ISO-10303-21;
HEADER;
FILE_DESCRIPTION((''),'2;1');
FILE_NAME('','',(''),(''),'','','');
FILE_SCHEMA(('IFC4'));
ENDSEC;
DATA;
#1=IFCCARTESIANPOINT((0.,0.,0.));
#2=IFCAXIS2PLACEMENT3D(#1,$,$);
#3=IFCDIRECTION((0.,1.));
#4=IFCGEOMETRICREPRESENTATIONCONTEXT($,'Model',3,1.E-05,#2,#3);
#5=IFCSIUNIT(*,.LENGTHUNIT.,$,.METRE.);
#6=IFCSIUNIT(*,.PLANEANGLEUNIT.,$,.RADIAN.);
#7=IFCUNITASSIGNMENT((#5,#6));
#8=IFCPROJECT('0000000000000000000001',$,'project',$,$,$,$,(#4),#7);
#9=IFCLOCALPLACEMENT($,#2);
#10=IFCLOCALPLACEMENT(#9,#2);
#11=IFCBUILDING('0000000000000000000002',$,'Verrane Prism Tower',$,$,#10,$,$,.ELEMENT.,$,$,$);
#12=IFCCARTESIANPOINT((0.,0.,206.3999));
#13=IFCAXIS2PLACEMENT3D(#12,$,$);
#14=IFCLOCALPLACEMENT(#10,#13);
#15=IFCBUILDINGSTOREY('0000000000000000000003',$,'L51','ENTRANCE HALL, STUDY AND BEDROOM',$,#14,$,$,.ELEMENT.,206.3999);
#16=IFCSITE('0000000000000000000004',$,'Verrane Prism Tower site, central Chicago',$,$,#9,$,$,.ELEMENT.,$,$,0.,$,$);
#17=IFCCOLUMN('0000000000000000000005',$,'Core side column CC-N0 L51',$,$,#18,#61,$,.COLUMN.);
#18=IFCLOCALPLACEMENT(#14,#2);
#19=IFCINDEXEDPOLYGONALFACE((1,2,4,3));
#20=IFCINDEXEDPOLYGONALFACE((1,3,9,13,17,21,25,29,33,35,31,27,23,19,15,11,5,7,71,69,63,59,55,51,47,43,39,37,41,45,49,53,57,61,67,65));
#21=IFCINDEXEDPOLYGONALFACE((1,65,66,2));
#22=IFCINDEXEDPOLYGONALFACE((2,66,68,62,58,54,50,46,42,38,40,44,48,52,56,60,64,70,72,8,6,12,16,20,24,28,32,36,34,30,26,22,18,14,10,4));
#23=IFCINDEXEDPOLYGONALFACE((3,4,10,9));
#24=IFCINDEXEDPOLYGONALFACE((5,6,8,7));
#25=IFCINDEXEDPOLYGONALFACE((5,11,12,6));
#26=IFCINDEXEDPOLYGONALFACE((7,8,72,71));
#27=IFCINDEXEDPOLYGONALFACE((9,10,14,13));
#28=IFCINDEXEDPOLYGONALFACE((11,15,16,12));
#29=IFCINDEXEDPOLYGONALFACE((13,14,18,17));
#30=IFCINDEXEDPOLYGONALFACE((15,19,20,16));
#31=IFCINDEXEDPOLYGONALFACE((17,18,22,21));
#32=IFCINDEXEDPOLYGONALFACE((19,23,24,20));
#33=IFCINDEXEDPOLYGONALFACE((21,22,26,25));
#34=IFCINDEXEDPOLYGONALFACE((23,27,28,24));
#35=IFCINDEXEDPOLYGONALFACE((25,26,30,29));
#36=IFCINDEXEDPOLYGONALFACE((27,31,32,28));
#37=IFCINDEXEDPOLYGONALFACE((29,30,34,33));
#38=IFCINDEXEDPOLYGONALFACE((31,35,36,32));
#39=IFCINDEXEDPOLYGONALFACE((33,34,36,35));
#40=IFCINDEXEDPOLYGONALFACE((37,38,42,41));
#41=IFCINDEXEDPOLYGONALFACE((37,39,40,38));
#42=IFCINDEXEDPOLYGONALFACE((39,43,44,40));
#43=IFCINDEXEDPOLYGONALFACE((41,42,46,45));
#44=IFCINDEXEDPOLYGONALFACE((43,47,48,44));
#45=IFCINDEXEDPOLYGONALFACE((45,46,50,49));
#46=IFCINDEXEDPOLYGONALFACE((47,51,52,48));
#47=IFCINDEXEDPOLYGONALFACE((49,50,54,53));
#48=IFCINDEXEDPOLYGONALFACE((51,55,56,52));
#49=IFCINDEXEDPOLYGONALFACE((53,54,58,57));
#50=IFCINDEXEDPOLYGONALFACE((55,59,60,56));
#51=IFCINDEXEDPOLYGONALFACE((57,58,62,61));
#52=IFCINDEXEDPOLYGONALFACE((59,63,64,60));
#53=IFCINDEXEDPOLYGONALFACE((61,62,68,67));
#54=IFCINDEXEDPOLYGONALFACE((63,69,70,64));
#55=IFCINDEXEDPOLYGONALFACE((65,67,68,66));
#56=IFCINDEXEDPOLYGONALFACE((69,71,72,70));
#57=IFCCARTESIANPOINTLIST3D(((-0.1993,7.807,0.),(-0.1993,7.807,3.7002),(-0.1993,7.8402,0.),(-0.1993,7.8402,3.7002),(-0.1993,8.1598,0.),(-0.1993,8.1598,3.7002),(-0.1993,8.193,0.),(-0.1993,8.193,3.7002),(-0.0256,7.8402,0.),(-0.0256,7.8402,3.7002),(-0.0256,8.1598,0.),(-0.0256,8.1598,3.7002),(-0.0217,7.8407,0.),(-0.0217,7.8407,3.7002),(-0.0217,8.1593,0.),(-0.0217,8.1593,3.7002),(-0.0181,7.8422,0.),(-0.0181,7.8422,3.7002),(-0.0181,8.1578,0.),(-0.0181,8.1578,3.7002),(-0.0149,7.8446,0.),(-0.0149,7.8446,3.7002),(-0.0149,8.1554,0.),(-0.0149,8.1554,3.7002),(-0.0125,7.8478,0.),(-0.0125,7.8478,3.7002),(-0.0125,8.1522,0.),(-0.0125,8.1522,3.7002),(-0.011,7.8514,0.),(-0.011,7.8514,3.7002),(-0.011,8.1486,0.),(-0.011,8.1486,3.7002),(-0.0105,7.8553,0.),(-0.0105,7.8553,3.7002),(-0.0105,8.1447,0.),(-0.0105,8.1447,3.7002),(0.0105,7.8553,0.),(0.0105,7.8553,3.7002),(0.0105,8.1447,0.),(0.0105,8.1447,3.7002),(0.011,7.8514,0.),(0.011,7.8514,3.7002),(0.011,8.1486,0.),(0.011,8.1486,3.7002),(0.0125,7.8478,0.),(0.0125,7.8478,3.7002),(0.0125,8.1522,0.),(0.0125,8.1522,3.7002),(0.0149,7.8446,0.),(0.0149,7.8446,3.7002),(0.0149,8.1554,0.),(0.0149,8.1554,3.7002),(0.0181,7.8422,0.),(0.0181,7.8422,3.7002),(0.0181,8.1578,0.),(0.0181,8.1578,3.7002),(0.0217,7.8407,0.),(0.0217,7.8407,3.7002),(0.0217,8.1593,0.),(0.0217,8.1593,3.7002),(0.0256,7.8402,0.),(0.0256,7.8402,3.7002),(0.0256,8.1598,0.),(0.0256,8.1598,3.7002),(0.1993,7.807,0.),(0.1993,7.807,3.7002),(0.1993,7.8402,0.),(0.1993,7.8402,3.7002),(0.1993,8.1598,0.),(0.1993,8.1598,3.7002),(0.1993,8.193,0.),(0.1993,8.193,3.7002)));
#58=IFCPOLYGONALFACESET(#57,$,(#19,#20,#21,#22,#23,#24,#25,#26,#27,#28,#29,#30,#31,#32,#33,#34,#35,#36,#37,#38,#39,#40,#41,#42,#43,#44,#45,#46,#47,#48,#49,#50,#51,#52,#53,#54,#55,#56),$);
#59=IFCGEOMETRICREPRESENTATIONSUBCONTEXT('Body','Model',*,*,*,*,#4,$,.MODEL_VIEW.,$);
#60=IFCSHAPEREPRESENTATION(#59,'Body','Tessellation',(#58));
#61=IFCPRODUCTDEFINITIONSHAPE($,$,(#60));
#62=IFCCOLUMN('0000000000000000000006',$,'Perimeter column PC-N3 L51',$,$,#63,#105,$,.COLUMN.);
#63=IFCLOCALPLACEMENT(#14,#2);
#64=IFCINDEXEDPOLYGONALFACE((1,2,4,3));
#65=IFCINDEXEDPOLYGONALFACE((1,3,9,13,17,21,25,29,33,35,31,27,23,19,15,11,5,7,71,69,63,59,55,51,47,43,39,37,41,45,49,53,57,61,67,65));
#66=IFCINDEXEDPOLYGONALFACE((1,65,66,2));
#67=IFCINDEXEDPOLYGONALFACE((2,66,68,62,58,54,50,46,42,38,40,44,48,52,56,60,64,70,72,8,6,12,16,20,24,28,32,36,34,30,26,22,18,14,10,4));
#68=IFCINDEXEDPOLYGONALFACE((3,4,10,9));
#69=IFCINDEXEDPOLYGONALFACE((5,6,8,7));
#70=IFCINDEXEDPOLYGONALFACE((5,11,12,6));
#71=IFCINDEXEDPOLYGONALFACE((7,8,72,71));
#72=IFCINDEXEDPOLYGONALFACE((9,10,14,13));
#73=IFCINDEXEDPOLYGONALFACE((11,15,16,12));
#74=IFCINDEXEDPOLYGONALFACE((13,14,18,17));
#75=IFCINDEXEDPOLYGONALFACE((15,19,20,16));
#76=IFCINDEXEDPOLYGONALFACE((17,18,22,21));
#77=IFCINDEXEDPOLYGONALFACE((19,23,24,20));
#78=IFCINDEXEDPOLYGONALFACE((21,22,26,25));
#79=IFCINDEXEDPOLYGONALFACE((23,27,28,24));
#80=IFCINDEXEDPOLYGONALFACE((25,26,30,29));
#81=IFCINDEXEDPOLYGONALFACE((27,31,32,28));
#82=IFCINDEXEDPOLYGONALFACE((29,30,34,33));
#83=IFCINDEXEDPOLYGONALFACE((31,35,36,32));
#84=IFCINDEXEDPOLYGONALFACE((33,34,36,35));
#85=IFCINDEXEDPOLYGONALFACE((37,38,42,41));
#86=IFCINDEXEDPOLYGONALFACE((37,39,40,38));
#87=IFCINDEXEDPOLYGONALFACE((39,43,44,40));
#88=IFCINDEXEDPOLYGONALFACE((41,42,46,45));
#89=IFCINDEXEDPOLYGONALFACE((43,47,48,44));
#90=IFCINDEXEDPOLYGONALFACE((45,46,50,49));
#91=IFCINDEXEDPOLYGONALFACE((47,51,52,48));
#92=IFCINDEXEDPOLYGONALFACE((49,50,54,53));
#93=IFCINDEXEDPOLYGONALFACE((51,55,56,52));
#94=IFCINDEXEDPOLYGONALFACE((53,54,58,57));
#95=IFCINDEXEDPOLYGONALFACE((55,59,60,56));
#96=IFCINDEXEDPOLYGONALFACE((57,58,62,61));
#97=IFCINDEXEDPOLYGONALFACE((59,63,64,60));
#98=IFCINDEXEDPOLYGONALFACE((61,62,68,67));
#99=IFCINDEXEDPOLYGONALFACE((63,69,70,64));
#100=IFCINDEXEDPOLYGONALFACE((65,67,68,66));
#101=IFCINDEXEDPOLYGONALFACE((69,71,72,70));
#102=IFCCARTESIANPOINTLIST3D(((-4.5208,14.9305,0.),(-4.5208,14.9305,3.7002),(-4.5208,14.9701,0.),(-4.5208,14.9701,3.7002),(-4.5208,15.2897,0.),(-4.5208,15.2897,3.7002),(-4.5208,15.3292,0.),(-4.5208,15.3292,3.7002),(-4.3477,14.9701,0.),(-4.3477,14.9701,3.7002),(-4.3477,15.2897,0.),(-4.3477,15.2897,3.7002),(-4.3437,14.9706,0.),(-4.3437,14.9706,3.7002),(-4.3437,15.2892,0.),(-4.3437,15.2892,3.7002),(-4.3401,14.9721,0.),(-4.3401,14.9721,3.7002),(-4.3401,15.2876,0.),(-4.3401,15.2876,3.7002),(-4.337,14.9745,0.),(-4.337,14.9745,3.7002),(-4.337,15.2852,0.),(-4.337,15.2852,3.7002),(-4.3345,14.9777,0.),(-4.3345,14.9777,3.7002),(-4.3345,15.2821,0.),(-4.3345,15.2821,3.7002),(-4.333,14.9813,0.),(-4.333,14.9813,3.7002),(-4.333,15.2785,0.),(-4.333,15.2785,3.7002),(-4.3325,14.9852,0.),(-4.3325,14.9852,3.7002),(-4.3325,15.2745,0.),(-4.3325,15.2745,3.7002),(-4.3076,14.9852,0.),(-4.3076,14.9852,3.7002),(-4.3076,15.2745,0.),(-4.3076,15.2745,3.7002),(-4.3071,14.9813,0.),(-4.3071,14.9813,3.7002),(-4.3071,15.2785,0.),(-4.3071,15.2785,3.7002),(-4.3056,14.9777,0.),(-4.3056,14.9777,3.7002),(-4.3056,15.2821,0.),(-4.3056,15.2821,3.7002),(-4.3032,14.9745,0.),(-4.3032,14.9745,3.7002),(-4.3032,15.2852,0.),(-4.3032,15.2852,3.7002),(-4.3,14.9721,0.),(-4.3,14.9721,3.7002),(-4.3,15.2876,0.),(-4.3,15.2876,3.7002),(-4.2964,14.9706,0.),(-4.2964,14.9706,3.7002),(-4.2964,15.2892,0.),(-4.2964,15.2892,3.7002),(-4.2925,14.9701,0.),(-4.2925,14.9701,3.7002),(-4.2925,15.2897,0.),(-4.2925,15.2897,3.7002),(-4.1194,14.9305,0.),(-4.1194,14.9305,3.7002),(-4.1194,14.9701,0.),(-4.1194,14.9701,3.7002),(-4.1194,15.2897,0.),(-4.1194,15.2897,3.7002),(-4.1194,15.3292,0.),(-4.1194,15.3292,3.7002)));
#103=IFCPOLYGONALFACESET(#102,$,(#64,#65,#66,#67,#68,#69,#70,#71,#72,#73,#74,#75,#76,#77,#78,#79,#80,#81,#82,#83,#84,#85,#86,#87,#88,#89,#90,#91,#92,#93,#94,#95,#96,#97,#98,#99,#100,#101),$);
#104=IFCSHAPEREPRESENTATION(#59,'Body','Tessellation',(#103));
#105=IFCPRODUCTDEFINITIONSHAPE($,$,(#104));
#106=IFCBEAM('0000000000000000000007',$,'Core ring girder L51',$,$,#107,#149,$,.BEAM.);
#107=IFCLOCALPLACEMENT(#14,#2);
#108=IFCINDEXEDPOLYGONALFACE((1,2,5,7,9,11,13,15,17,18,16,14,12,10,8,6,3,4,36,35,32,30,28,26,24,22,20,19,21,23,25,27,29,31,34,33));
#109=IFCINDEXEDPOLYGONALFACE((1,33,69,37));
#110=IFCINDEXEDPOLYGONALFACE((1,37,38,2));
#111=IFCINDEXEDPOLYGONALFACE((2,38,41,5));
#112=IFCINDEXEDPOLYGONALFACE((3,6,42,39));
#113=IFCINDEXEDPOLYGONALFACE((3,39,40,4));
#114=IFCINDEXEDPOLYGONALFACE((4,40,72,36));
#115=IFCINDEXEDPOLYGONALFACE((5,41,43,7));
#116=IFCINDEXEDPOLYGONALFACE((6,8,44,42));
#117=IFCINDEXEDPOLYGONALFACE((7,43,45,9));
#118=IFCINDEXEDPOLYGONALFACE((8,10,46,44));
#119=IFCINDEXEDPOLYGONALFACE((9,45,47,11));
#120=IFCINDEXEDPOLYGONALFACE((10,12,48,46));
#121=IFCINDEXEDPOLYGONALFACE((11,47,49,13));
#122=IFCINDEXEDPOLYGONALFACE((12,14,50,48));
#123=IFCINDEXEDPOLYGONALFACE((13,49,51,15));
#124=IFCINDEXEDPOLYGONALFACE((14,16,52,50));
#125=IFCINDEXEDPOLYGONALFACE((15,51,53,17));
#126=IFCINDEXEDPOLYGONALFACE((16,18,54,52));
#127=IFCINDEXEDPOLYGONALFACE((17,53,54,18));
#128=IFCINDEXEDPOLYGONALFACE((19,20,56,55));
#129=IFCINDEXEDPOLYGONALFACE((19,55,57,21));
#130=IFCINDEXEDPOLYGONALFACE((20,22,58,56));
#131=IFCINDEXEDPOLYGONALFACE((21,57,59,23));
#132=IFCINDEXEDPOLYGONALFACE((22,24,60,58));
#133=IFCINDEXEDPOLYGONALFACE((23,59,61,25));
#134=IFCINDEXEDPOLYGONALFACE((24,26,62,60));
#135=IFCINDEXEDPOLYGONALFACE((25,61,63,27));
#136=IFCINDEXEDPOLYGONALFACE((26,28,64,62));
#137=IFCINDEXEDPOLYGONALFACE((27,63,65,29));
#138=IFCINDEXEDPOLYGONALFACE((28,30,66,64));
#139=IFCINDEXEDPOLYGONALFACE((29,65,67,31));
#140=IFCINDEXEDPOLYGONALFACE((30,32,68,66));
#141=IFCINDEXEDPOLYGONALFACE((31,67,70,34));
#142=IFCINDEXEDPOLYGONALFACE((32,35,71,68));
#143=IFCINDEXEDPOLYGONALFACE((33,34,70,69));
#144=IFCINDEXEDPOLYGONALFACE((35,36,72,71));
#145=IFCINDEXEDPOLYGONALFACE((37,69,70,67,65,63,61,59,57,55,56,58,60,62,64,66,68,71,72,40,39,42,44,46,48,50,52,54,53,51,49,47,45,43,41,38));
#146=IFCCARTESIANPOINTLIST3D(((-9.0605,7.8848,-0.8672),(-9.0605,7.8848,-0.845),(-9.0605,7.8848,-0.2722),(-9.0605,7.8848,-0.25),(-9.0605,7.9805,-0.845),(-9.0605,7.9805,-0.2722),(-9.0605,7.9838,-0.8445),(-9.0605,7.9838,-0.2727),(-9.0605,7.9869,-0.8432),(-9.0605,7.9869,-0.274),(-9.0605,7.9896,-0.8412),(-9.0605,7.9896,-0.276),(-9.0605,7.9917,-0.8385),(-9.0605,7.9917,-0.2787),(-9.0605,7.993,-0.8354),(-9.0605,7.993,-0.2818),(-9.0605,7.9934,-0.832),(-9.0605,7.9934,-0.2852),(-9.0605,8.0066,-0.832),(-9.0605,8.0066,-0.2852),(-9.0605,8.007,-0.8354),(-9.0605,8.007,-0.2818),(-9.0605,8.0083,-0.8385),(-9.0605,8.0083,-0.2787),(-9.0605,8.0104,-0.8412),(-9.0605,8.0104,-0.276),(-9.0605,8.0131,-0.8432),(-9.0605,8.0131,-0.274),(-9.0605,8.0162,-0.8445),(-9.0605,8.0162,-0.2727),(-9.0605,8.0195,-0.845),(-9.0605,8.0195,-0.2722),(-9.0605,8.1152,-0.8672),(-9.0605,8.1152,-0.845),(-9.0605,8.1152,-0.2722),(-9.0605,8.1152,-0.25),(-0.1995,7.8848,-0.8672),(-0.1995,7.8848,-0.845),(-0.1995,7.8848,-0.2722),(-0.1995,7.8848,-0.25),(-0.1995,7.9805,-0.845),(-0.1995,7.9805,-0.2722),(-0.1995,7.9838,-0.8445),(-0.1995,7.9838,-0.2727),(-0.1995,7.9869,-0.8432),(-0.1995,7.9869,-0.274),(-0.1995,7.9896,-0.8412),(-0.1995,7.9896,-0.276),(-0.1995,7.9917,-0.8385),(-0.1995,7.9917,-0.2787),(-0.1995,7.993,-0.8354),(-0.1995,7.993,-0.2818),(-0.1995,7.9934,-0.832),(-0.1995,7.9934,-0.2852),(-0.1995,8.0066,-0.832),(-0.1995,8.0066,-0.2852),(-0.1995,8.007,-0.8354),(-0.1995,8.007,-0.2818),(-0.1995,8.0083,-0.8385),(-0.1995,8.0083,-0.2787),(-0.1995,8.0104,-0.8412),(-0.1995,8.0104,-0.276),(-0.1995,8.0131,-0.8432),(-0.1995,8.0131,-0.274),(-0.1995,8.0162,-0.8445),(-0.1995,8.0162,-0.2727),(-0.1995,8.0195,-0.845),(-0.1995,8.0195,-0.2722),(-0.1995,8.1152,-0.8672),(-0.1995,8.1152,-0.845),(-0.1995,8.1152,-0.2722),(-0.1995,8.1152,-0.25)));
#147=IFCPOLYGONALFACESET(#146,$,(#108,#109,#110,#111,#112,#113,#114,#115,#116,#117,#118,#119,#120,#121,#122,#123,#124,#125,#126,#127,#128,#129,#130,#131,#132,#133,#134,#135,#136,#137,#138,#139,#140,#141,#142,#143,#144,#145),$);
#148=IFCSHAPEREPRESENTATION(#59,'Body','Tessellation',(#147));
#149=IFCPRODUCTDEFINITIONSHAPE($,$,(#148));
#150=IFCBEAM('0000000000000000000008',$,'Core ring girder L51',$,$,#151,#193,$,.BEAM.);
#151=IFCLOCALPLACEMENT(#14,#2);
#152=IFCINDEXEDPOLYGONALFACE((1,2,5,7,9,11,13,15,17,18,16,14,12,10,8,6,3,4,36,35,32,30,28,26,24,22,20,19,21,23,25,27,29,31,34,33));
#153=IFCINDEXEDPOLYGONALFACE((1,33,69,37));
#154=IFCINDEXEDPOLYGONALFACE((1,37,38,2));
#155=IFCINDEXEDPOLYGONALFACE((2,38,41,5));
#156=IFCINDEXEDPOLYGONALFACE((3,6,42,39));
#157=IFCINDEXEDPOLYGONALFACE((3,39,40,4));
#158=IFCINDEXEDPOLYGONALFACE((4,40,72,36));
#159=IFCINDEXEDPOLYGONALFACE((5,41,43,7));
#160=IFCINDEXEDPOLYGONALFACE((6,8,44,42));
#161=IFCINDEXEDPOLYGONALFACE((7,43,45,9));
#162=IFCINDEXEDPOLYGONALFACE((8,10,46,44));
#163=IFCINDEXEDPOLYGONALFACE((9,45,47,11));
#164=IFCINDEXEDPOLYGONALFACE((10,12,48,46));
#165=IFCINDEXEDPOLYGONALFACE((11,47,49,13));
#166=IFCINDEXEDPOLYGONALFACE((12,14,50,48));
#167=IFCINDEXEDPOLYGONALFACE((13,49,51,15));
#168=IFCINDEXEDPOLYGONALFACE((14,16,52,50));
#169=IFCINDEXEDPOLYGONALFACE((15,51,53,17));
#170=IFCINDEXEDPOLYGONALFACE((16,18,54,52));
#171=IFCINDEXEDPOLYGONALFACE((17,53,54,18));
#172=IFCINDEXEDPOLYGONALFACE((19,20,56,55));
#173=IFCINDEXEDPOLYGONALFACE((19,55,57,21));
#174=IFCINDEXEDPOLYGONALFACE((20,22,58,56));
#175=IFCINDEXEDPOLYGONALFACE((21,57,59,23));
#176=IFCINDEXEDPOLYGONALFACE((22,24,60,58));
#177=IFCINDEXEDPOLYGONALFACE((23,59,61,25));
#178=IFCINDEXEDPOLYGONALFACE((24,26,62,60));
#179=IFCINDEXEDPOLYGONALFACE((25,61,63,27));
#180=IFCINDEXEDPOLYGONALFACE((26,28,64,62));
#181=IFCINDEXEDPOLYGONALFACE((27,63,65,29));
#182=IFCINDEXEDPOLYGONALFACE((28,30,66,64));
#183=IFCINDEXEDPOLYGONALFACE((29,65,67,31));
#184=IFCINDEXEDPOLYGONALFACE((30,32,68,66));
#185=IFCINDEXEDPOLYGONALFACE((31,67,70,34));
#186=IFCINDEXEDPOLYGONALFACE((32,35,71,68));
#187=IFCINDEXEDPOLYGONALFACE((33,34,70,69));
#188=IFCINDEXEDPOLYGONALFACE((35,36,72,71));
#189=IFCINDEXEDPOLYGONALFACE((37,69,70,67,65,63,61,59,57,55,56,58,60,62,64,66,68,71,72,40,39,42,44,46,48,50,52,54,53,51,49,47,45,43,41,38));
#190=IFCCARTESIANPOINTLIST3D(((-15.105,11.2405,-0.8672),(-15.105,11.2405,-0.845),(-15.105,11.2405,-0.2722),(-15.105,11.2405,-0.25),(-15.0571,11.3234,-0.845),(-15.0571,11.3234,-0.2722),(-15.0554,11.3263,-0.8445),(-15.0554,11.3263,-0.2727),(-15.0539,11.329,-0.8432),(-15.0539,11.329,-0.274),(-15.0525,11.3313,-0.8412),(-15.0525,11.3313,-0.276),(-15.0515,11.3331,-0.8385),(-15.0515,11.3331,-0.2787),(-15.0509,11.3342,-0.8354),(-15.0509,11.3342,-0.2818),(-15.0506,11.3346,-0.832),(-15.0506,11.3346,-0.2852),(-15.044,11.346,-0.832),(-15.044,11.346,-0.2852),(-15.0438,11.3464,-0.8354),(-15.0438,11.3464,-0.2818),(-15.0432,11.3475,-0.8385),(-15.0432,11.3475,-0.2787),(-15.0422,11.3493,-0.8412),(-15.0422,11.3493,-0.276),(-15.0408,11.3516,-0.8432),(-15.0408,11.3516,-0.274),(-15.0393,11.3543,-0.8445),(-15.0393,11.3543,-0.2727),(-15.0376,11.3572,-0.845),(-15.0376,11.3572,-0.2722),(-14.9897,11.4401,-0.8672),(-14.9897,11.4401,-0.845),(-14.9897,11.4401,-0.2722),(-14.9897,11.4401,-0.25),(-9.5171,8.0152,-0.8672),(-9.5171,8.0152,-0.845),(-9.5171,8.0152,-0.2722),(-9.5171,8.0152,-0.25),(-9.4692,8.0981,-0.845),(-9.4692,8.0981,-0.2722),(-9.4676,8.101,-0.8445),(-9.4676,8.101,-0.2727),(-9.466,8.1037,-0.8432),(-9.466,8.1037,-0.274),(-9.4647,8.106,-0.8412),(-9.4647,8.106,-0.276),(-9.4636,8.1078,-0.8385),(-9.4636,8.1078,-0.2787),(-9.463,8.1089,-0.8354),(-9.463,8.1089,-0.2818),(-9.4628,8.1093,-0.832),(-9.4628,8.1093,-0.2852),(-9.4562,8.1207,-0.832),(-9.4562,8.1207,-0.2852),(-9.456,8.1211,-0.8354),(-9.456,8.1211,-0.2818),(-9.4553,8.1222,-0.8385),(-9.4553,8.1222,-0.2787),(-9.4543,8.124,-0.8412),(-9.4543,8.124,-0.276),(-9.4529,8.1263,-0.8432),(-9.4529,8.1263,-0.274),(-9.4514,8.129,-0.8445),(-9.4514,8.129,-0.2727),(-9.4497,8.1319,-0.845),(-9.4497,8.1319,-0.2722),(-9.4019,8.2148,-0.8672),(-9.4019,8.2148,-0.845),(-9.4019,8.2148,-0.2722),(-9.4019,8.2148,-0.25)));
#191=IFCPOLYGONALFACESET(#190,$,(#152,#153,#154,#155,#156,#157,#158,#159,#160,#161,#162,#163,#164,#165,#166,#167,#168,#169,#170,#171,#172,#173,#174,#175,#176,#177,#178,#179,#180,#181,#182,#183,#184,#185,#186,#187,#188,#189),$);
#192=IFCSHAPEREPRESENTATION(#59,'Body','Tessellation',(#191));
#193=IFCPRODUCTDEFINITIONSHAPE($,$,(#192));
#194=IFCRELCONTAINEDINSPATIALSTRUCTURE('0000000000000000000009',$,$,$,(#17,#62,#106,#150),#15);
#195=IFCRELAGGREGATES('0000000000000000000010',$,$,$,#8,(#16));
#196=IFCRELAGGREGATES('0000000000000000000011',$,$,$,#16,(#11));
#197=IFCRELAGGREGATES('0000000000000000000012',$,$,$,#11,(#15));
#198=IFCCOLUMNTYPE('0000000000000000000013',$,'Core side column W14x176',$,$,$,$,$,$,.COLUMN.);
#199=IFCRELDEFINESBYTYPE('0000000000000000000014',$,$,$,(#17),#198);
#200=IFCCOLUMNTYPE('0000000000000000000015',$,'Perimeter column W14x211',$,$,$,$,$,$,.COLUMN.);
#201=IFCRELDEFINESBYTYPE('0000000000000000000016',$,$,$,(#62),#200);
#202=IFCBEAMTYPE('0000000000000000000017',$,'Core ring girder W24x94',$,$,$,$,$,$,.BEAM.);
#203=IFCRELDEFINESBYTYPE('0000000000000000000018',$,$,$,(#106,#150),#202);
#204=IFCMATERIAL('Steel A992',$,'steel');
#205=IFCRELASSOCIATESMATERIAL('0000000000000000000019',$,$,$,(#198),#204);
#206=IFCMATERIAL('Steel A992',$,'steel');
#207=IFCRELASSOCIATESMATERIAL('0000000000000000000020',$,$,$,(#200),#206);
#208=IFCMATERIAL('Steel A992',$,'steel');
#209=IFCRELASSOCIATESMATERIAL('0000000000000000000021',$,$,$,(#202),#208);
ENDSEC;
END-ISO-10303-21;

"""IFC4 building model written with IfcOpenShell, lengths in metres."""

from ifc_helpers import new_model, si_unit, direction, frame, origin, origin_2d, place, context, subcontext, project, spatial, i_section, extrude, material, material_profile, profile_set, type_object, element, save


model = new_model("IFC4")

# Units and contexts
model_context = context("Model", 3, precision=1e-05, world=origin(), true_north=direction((0.0, 1.0)))
body_context = subcontext(model_context, "Body", "Model", "MODEL_VIEW")
ifc_project = project(units=[si_unit("LENGTHUNIT", "METRE"), si_unit("PLANEANGLEUNIT", "RADIAN")], contexts=[model_context])

# Site, building, storey
site_placement = place(None, origin())
site = spatial("IfcSite", under=ifc_project, at=site_placement, Name="Verrane Prism Tower site, central Chicago", CompositionType="ELEMENT", RefElevation=0.0)
building_placement = place(site_placement, origin())
building = spatial("IfcBuilding", under=site, at=building_placement, Name="Verrane Prism Tower", CompositionType="ELEMENT")
storey_placement = place(building_placement, frame((0.0, 0.0, 206.3999)))
storey = spatial("IfcBuildingStorey", under=building, at=storey_placement, Name="L51", Description="ENTRANCE HALL, STUDY AND BEDROOM", CompositionType="ELEMENT", Elevation=206.3999)

# Columns
ifc_material_1 = material(Name="Steel A992", Category="steel")
ifc_material_profile_1 = material_profile(ifc_material_1, i_section(OverallWidth=0.3987, OverallDepth=0.386, WebThickness=0.021, FlangeThickness=0.0332, FilletRadius=0.0151, at=origin_2d()), Name="W14x176")
ifc_profile_set_1 = profile_set([ifc_material_profile_1], Name="Steel A992")
column_type_1 = type_object("IfcColumnType", Name="Core side column W14x176", PredefinedType="COLUMN", material=ifc_profile_set_1)
column_1_placement = place(storey_placement, frame((0.0, 8.0, 0.0), z_axis=(0.0, 0.0, 1.0), x_axis=(1.0, 0.0, 0.0)))
element("IfcColumn", 1, at=column_1_placement, inside=storey, type_object=column_type_1, Name="Core side column CC-N0 L51", PredefinedType="COLUMN", context=body_context, shape_type="SweptSolid", body=[
    extrude(i_section(OverallWidth=0.3987, OverallDepth=0.386, WebThickness=0.021, FlangeThickness=0.0332, FilletRadius=0.0151, at=origin_2d()), origin(), (0.0, 0.0, 1.0), 3.7002),
])
ifc_material_2 = material(Name="Steel A992", Category="steel")
ifc_material_profile_2 = material_profile(ifc_material_2, i_section(OverallWidth=0.4014, OverallDepth=0.3987, WebThickness=0.0249, FlangeThickness=0.0396, FilletRadius=0.0151, at=origin_2d()), Name="W14x211")
ifc_profile_set_2 = profile_set([ifc_material_profile_2], Name="Steel A992")
column_type_2 = type_object("IfcColumnType", Name="Perimeter column W14x211", PredefinedType="COLUMN", material=ifc_profile_set_2)
column_2_placement = place(storey_placement, frame((-4.3201, 15.1299, 0.0), z_axis=(0.0, 0.0, 1.0), x_axis=(1.0, 0.0, 0.0)))
element("IfcColumn", 2, at=column_2_placement, inside=storey, type_object=column_type_2, Name="Perimeter column PC-N3 L51", PredefinedType="COLUMN", context=body_context, shape_type="SweptSolid", body=[
    extrude(i_section(OverallWidth=0.4014, OverallDepth=0.3987, WebThickness=0.0249, FlangeThickness=0.0396, FilletRadius=0.0151, at=origin_2d()), origin(), (0.0, 0.0, 1.0), 3.7002),
])

# Beams
ifc_material_3 = material(Name="Steel A992", Category="steel")
ifc_material_profile_3 = material_profile(ifc_material_3, i_section(OverallWidth=0.2305, OverallDepth=0.6172, WebThickness=0.0132, FlangeThickness=0.0222, FilletRadius=0.0129, at=origin_2d()), Name="W24x94")
ifc_profile_set_3 = profile_set([ifc_material_profile_3], Name="Steel A992")
beam_type_1 = type_object("IfcBeamType", Name="Core ring girder W24x94", PredefinedType="BEAM", material=ifc_profile_set_3)
beam_1_placement = place(storey_placement, frame((-0.1995, 8.0, -0.5586), z_axis=(-1.0, 0.0, 0.0), x_axis=(0.0, -1.0, 0.0)))
element("IfcBeam", 3, at=beam_1_placement, inside=storey, type_object=beam_type_1, Name="Core ring girder L51", PredefinedType="BEAM", context=body_context, shape_type="SweptSolid", body=[
    extrude(i_section(OverallWidth=0.2305, OverallDepth=0.6172, WebThickness=0.0132, FlangeThickness=0.0222, FilletRadius=0.0129, at=origin_2d()), origin(), (0.0, 0.0, 1.0), 8.8611),
])
beam_2_placement = place(storey_placement, frame((-9.4595, 8.115, -0.5586), z_axis=(-0.866081, 0.499904, 0.0), x_axis=(-0.499904, -0.866081, 0.0)))
element("IfcBeam", 4, at=beam_2_placement, inside=storey, type_object=beam_type_1, Name="Core ring girder L51", PredefinedType="BEAM", context=body_context, shape_type="SweptSolid", body=[
    extrude(i_section(OverallWidth=0.2305, OverallDepth=0.6172, WebThickness=0.0132, FlangeThickness=0.0222, FilletRadius=0.0129, at=origin_2d()), origin(), (0.0, 0.0, 1.0), 6.4519),
])

save(model, "model.ifc")
